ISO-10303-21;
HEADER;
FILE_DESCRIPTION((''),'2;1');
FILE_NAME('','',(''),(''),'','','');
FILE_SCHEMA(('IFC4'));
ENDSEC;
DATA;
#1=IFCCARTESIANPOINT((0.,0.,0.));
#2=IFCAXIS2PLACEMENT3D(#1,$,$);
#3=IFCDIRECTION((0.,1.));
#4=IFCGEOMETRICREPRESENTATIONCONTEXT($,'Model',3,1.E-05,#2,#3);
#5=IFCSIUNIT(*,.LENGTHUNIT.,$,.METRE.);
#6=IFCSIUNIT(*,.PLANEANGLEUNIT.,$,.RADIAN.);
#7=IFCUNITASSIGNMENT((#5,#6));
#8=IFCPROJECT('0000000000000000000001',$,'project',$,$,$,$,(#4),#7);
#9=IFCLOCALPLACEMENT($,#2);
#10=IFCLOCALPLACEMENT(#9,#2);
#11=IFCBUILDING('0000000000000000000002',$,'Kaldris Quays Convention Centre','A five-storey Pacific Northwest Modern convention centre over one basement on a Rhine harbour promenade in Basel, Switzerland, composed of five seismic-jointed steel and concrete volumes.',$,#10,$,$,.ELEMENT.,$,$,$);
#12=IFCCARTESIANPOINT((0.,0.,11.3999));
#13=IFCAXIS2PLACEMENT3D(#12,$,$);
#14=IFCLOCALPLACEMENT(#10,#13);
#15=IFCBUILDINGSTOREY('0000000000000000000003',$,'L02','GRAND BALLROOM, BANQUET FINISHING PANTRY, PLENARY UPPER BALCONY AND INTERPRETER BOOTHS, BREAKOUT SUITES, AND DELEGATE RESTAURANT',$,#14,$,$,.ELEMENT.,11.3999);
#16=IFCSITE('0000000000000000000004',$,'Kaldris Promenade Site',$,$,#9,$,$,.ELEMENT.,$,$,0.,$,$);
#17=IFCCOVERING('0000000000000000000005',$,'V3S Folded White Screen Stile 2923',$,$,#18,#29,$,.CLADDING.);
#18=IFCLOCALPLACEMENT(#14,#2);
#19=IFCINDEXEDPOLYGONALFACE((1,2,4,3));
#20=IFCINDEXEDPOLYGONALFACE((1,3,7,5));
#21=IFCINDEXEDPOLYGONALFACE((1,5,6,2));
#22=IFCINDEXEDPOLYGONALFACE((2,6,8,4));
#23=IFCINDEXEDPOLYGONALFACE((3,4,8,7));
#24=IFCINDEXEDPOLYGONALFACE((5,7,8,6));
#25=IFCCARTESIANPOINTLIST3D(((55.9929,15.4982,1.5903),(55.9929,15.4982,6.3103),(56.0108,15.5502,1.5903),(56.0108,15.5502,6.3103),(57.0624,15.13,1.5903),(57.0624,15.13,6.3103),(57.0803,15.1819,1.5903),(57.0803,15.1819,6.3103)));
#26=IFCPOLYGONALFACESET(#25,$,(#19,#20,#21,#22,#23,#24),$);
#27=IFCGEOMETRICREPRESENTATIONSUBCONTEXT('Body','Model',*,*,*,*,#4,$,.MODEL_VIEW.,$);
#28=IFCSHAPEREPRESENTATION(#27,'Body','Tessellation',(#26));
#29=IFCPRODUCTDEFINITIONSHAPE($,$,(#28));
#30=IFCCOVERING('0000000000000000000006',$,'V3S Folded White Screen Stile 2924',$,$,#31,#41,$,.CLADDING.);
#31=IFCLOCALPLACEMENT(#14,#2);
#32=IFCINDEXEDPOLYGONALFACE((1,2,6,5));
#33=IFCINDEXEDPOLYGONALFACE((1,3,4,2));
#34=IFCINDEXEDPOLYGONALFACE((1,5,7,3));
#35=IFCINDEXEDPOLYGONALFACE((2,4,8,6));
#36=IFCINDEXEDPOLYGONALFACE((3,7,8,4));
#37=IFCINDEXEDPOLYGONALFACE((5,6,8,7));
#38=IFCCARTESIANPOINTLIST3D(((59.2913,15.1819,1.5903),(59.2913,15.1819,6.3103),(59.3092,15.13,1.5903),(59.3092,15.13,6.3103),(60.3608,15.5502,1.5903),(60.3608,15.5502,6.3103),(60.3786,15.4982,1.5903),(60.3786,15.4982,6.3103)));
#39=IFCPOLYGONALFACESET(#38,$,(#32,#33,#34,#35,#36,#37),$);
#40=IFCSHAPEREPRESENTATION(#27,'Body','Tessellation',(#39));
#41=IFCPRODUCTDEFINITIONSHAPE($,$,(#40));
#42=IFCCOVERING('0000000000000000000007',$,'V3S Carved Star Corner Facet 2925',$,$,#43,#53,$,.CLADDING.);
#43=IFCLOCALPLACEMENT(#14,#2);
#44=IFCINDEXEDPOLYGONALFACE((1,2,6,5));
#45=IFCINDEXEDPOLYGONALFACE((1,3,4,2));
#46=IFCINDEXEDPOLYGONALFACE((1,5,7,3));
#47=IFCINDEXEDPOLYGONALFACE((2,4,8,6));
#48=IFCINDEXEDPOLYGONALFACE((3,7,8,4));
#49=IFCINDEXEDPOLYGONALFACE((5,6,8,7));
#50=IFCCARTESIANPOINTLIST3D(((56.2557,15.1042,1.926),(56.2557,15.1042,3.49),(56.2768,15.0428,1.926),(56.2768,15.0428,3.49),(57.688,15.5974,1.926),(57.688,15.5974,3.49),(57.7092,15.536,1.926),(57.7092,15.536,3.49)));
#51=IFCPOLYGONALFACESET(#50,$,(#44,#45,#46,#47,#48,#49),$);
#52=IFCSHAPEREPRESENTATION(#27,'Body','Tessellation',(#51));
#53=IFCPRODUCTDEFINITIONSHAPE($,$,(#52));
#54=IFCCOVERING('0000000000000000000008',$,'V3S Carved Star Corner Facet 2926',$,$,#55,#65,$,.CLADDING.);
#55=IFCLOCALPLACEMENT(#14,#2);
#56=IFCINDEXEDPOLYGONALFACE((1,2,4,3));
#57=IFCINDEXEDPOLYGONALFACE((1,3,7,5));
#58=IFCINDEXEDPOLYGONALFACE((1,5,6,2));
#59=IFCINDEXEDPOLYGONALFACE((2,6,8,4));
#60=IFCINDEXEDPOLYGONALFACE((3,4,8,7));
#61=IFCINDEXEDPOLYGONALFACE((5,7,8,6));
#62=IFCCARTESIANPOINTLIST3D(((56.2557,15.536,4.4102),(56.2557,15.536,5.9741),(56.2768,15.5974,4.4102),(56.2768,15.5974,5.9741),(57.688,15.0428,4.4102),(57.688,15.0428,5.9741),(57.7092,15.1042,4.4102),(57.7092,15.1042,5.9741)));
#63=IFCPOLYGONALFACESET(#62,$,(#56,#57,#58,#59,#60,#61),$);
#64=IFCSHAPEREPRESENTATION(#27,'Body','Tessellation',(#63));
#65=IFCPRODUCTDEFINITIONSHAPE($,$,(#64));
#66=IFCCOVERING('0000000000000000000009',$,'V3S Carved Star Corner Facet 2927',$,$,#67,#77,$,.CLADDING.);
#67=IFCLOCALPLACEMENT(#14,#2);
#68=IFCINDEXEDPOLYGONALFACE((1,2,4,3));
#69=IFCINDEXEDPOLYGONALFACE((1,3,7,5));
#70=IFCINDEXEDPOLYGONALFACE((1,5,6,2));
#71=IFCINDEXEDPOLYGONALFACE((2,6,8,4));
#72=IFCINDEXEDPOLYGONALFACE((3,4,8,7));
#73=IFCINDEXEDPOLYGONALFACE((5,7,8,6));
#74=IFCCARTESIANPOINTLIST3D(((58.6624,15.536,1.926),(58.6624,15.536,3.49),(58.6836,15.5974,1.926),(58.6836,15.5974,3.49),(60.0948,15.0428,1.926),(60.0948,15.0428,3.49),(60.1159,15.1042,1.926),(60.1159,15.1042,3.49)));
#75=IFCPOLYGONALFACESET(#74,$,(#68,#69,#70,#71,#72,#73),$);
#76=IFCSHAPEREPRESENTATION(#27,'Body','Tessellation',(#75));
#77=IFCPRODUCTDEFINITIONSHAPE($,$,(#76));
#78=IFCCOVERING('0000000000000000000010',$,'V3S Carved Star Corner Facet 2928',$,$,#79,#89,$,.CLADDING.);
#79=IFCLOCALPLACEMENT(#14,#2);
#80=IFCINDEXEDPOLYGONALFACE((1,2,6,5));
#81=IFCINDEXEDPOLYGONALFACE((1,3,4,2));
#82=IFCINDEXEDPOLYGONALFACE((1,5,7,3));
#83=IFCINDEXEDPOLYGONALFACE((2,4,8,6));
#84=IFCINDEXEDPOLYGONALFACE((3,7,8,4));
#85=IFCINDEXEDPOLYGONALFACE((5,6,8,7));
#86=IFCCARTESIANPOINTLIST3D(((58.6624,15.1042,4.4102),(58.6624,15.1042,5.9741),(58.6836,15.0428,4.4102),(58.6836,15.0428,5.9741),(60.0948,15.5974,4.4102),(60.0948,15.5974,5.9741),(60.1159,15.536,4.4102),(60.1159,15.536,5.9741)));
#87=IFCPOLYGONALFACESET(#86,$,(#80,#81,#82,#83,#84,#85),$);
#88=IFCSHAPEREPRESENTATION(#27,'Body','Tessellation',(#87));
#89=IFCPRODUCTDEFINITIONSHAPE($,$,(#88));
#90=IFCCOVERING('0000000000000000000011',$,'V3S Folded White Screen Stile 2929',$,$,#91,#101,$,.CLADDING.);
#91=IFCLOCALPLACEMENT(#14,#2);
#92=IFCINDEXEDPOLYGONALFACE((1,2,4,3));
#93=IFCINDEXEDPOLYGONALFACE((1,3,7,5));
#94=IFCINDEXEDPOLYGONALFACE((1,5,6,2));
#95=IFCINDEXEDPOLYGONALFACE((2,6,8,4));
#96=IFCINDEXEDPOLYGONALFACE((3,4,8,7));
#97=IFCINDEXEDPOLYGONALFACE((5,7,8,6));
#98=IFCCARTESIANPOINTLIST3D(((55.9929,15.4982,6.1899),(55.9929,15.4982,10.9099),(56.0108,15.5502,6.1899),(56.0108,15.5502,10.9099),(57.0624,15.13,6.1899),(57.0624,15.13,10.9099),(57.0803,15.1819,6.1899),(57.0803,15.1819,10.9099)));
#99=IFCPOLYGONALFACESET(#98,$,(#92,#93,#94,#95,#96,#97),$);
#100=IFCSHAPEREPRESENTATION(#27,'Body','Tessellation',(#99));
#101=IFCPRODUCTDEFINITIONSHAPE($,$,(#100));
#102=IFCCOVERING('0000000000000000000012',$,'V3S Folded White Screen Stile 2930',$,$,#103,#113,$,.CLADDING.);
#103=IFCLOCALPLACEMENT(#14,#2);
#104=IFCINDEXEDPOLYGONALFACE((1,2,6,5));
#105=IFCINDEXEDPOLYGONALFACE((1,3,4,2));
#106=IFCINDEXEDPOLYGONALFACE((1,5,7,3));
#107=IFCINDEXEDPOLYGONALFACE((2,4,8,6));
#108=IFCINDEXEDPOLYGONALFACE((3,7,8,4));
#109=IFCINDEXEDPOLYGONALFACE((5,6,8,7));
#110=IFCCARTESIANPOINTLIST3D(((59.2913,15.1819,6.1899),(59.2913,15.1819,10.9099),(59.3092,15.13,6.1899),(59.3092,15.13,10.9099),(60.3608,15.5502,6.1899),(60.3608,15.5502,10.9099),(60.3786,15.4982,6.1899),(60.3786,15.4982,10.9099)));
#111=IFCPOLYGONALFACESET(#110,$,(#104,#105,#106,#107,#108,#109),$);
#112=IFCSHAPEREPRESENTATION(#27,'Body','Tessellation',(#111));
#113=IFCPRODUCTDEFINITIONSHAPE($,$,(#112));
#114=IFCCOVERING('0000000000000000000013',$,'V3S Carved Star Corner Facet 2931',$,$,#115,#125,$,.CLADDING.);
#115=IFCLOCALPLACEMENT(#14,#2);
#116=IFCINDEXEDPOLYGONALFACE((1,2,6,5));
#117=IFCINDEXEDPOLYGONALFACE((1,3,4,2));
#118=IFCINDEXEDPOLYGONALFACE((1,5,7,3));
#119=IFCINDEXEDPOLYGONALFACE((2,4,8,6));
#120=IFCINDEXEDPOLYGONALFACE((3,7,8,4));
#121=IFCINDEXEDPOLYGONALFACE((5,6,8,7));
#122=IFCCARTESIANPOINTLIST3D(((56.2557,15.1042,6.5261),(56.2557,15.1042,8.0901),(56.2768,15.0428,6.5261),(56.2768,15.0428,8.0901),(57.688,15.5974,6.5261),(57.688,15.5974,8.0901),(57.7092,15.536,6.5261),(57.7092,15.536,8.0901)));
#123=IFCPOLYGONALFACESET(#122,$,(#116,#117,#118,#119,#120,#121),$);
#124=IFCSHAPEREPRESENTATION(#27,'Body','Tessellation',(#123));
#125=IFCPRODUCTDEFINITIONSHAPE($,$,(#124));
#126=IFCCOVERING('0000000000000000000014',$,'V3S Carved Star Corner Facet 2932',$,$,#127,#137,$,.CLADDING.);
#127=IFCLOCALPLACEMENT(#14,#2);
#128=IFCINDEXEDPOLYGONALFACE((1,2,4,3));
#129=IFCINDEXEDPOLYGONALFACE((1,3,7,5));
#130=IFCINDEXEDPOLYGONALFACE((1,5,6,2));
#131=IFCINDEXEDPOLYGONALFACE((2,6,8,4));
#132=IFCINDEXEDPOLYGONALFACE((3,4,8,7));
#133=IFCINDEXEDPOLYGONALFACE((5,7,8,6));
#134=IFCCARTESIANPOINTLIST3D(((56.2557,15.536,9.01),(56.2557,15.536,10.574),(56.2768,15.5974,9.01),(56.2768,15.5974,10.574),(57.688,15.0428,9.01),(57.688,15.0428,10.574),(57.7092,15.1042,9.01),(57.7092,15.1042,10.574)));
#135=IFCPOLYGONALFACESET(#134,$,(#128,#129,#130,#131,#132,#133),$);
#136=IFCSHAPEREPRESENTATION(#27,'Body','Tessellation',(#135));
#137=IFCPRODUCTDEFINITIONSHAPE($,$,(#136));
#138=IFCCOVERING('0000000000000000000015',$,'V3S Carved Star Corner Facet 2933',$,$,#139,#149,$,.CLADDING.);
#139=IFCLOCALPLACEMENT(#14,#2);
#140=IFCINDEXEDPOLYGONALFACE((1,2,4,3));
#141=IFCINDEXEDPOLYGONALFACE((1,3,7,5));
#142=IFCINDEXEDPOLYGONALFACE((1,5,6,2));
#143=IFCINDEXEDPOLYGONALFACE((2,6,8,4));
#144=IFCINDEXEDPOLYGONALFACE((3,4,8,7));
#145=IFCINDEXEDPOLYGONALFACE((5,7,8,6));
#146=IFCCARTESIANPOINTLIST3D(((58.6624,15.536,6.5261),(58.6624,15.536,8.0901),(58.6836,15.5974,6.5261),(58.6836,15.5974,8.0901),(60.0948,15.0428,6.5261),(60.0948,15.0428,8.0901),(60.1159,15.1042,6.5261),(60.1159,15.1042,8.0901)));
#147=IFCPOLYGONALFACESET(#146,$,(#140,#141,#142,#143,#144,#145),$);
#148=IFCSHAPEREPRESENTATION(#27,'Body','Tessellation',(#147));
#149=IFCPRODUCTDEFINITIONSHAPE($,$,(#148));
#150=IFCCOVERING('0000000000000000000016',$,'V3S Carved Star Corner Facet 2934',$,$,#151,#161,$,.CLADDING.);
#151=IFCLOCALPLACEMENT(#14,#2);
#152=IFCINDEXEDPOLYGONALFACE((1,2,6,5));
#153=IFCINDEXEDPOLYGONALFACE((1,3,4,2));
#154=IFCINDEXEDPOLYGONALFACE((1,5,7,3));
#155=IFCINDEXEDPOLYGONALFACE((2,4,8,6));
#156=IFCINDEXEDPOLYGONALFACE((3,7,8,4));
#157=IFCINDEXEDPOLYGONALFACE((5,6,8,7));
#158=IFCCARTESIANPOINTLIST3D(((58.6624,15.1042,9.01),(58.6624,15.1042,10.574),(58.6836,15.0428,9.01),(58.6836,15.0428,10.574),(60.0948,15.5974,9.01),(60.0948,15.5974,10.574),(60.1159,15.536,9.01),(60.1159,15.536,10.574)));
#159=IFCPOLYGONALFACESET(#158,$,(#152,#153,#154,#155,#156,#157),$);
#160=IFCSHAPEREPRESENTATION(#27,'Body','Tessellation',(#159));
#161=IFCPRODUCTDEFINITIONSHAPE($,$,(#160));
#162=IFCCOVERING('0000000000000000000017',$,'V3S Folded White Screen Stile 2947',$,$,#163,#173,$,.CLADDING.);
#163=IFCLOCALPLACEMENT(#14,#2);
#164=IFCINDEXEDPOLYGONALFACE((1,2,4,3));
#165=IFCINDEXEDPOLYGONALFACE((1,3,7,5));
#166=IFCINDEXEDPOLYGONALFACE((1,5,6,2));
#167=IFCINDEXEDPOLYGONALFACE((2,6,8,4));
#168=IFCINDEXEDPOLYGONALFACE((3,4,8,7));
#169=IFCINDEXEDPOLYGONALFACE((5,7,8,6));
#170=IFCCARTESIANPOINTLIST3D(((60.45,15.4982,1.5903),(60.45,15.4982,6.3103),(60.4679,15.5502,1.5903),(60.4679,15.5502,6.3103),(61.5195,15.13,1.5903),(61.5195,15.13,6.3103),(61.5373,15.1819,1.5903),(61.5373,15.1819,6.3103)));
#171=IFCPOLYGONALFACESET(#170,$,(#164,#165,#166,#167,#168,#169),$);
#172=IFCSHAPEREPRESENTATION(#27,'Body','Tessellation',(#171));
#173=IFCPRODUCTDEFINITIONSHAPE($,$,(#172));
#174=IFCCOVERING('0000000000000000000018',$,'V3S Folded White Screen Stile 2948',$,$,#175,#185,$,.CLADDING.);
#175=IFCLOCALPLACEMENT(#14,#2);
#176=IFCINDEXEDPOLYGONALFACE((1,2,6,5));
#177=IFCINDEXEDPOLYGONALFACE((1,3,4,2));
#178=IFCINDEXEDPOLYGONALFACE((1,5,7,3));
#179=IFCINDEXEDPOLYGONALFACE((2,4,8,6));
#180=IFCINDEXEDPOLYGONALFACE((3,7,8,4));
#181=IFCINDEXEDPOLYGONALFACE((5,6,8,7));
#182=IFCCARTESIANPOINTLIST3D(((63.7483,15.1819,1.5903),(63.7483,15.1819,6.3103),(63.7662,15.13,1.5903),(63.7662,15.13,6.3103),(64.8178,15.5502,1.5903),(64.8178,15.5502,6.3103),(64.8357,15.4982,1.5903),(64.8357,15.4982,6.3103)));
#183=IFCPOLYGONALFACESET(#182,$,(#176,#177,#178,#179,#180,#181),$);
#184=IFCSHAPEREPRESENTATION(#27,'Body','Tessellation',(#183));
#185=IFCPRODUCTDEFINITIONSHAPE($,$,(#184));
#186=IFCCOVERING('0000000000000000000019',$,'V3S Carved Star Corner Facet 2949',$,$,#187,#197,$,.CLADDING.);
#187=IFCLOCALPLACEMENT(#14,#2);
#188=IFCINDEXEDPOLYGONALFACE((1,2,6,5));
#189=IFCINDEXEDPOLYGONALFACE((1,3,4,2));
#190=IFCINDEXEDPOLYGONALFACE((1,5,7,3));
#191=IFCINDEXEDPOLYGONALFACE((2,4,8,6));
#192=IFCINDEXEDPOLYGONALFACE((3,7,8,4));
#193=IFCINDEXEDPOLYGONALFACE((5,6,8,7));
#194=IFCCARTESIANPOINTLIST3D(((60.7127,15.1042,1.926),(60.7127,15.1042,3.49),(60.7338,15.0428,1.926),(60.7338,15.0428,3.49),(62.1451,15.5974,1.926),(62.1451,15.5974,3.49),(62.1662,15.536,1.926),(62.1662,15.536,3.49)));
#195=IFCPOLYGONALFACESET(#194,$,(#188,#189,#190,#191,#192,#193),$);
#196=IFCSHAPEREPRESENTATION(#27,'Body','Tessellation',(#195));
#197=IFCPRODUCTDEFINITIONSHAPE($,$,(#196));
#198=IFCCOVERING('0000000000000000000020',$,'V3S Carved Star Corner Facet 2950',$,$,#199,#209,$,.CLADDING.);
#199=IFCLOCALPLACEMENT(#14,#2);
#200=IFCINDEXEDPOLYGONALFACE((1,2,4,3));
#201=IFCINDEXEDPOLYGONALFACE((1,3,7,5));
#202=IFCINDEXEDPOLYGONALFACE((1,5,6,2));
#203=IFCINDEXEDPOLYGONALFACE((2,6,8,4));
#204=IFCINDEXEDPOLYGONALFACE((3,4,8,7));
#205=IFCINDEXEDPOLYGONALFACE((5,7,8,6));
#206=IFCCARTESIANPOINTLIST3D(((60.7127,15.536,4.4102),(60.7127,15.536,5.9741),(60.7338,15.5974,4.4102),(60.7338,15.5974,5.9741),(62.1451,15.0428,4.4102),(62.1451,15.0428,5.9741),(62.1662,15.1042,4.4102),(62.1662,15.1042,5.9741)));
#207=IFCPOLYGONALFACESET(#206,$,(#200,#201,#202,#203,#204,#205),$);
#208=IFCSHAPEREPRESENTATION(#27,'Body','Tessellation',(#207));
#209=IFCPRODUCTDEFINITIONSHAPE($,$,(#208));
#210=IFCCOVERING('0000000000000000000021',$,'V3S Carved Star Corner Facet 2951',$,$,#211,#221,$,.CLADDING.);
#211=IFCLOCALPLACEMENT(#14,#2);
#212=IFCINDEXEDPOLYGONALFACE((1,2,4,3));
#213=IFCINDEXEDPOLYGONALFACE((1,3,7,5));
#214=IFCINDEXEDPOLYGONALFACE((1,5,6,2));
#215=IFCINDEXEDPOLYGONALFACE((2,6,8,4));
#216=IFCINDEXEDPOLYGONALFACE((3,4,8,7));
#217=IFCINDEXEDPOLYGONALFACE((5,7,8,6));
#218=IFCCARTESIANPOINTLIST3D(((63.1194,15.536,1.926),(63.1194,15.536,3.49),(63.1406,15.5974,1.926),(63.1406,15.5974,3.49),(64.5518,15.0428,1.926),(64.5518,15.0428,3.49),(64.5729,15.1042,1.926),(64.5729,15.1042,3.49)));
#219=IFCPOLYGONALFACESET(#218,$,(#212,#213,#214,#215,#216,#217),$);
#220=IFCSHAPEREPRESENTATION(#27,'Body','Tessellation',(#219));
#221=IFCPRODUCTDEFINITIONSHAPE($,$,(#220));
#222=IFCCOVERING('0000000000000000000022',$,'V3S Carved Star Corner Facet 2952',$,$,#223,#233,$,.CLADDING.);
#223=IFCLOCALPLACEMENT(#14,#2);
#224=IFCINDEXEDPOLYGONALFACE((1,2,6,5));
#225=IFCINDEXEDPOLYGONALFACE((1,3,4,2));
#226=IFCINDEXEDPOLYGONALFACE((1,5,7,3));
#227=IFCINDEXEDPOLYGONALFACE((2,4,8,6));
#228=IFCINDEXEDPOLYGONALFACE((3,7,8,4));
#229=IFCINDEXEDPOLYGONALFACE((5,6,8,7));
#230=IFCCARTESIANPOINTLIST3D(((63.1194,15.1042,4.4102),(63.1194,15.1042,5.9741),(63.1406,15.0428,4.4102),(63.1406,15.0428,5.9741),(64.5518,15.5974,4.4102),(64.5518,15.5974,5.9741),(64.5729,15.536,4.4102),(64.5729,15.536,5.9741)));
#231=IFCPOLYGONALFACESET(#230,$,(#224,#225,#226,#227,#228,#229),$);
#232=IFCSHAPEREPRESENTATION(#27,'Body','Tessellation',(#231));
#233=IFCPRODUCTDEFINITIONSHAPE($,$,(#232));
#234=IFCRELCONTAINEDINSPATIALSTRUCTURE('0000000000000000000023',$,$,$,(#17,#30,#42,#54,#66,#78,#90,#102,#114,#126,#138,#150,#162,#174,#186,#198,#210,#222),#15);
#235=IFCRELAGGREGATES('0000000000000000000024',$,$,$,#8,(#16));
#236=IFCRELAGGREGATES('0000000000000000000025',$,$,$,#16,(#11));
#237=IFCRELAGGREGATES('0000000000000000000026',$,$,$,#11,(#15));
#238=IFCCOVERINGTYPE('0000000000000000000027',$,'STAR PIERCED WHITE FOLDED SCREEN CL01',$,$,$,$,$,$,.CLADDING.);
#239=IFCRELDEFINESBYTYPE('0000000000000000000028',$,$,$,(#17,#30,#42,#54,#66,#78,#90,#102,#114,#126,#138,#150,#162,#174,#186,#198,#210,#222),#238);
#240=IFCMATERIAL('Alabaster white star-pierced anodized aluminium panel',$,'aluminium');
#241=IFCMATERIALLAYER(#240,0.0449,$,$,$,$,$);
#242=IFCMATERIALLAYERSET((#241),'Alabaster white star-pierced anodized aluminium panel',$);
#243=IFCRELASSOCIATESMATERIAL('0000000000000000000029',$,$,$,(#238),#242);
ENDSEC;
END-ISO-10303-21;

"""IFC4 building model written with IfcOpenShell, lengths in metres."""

from ifc_helpers import new_model, si_unit, direction, frame, origin, origin_2d, place, context, subcontext, project, spatial, rectangle, extrude, material, layer, layer_set, type_object, element, save


model = new_model("IFC4")

# Units and contexts
model_context = context("Model", 3, precision=1e-05, world=origin(), true_north=direction((0.0, 1.0)))
body_context = subcontext(model_context, "Body", "Model", "MODEL_VIEW")
ifc_project = project(units=[si_unit("LENGTHUNIT", "METRE"), si_unit("PLANEANGLEUNIT", "RADIAN")], contexts=[model_context])

# Site, building, storey
site_placement = place(None, origin())
site = spatial("IfcSite", under=ifc_project, at=site_placement, Name="Kaldris Promenade Site", CompositionType="ELEMENT", RefElevation=0.0)
building_placement = place(site_placement, origin())
building = spatial("IfcBuilding", under=site, at=building_placement, Name="Kaldris Quays Convention Centre", Description="A five-storey Pacific Northwest Modern convention centre over one basement on a Rhine harbour promenade in Basel, Switzerland, composed of five seismic-jointed steel and concrete volumes.", CompositionType="ELEMENT")
storey_placement = place(building_placement, frame((0.0, 0.0, 11.3999)))
storey = spatial("IfcBuildingStorey", under=building, at=storey_placement, Name="L02", Description="GRAND BALLROOM, BANQUET FINISHING PANTRY, PLENARY UPPER BALCONY AND INTERPRETER BOOTHS, BREAKOUT SUITES, AND DELEGATE RESTAURANT", CompositionType="ELEMENT", Elevation=11.3999)

# Coverings
ifc_material = material(Name="Alabaster white star-pierced anodized aluminium panel", Category="aluminium")
ifc_layer = layer(ifc_material, 0.0449)
ifc_layer_set = layer_set([ifc_layer], Name="Alabaster white star-pierced anodized aluminium panel")
covering_type = type_object("IfcCoveringType", Name="STAR PIERCED WHITE FOLDED SCREEN CL01", PredefinedType="CLADDING", material=ifc_layer_set)
for number, where, z_axis, x_axis, name in (
    (1, (56.5366, 15.3401, 1.5903), (0.0, 0.0, 1.0), (0.945519, -0.325568, 0.0), "V3S Folded White Screen Stile 2923"),
    (2, (59.835, 15.3401, 1.5903), (0.0, 0.0, 1.0), (0.945519, 0.325568, 0.0), "V3S Folded White Screen Stile 2924"),
):
    element("IfcCovering", number, at=place(storey_placement, frame(where, z_axis=z_axis, x_axis=x_axis)), inside=storey, type_object=covering_type, Name=name, PredefinedType="CLADDING", context=body_context, shape_type="SweptSolid", body=[
        extrude(rectangle(XDim=1.1311, YDim=0.0549, at=origin_2d()), origin(), (0.0, 0.0, 1.0), 4.72),
    ])
for number, where, z_axis, x_axis, name in (
    (3, (56.9824, 15.3201, 1.926), (0.0, 0.0, 1.0), (0.945519, 0.325568, 0.0), "V3S Carved Star Corner Facet 2925"),
    (4, (56.9824, 15.3201, 4.4102), (0.0, 0.0, 1.0), (0.945519, -0.325568, 0.0), "V3S Carved Star Corner Facet 2926"),
    (5, (59.3892, 15.3201, 1.926), (0.0, 0.0, 1.0), (0.945519, -0.325568, 0.0), "V3S Carved Star Corner Facet 2927"),
    (6, (59.3892, 15.3201, 4.4102), (0.0, 0.0, 1.0), (0.945519, 0.325568, 0.0), "V3S Carved Star Corner Facet 2928"),
):
    element("IfcCovering", number, at=place(storey_placement, frame(where, z_axis=z_axis, x_axis=x_axis)), inside=storey, type_object=covering_type, Name=name, PredefinedType="CLADDING", context=body_context, shape_type="SweptSolid", body=[
        extrude(rectangle(XDim=1.5149, YDim=0.0649, at=origin_2d()), origin(), (0.0, 0.0, 1.0), 1.564),
    ])
for number, where, z_axis, x_axis, name in (
    (7, (56.5366, 15.3401, 6.1899), (0.0, 0.0, 1.0), (0.945519, -0.325568, 0.0), "V3S Folded White Screen Stile 2929"),
    (8, (59.835, 15.3401, 6.1899), (0.0, 0.0, 1.0), (0.945519, 0.325568, 0.0), "V3S Folded White Screen Stile 2930"),
):
    element("IfcCovering", number, at=place(storey_placement, frame(where, z_axis=z_axis, x_axis=x_axis)), inside=storey, type_object=covering_type, Name=name, PredefinedType="CLADDING", context=body_context, shape_type="SweptSolid", body=[
        extrude(rectangle(XDim=1.1311, YDim=0.0549, at=origin_2d()), origin(), (0.0, 0.0, 1.0), 4.72),
    ])
for number, where, z_axis, x_axis, name in (
    (9, (56.9824, 15.3201, 6.5261), (0.0, 0.0, 1.0), (0.945519, 0.325568, 0.0), "V3S Carved Star Corner Facet 2931"),
    (10, (56.9824, 15.3201, 9.01), (0.0, 0.0, 1.0), (0.945519, -0.325568, 0.0), "V3S Carved Star Corner Facet 2932"),
    (11, (59.3892, 15.3201, 6.5261), (0.0, 0.0, 1.0), (0.945519, -0.325568, 0.0), "V3S Carved Star Corner Facet 2933"),
    (12, (59.3892, 15.3201, 9.01), (0.0, 0.0, 1.0), (0.945519, 0.325568, 0.0), "V3S Carved Star Corner Facet 2934"),
):
    element("IfcCovering", number, at=place(storey_placement, frame(where, z_axis=z_axis, x_axis=x_axis)), inside=storey, type_object=covering_type, Name=name, PredefinedType="CLADDING", context=body_context, shape_type="SweptSolid", body=[
        extrude(rectangle(XDim=1.5149, YDim=0.0649, at=origin_2d()), origin(), (0.0, 0.0, 1.0), 1.564),
    ])
for number, where, z_axis, x_axis, name in (
    (13, (60.9937, 15.3401, 1.5903), (0.0, 0.0, 1.0), (0.945519, -0.325568, 0.0), "V3S Folded White Screen Stile 2947"),
    (14, (64.292, 15.3401, 1.5903), (0.0, 0.0, 1.0), (0.945519, 0.325568, 0.0), "V3S Folded White Screen Stile 2948"),
):
    element("IfcCovering", number, at=place(storey_placement, frame(where, z_axis=z_axis, x_axis=x_axis)), inside=storey, type_object=covering_type, Name=name, PredefinedType="CLADDING", context=body_context, shape_type="SweptSolid", body=[
        extrude(rectangle(XDim=1.1311, YDim=0.0549, at=origin_2d()), origin(), (0.0, 0.0, 1.0), 4.72),
    ])
for number, where, z_axis, x_axis, name in (
    (15, (61.4395, 15.3201, 1.926), (0.0, 0.0, 1.0), (0.945519, 0.325568, 0.0), "V3S Carved Star Corner Facet 2949"),
    (16, (61.4395, 15.3201, 4.4102), (0.0, 0.0, 1.0), (0.945519, -0.325568, 0.0), "V3S Carved Star Corner Facet 2950"),
    (17, (63.8462, 15.3201, 1.926), (0.0, 0.0, 1.0), (0.945519, -0.325568, 0.0), "V3S Carved Star Corner Facet 2951"),
    (18, (63.8462, 15.3201, 4.4102), (0.0, 0.0, 1.0), (0.945519, 0.325568, 0.0), "V3S Carved Star Corner Facet 2952"),
):
    element("IfcCovering", number, at=place(storey_placement, frame(where, z_axis=z_axis, x_axis=x_axis)), inside=storey, type_object=covering_type, Name=name, PredefinedType="CLADDING", context=body_context, shape_type="SweptSolid", body=[
        extrude(rectangle(XDim=1.5149, YDim=0.0649, at=origin_2d()), origin(), (0.0, 0.0, 1.0), 1.564),
    ])

save(model, "model.ifc")
